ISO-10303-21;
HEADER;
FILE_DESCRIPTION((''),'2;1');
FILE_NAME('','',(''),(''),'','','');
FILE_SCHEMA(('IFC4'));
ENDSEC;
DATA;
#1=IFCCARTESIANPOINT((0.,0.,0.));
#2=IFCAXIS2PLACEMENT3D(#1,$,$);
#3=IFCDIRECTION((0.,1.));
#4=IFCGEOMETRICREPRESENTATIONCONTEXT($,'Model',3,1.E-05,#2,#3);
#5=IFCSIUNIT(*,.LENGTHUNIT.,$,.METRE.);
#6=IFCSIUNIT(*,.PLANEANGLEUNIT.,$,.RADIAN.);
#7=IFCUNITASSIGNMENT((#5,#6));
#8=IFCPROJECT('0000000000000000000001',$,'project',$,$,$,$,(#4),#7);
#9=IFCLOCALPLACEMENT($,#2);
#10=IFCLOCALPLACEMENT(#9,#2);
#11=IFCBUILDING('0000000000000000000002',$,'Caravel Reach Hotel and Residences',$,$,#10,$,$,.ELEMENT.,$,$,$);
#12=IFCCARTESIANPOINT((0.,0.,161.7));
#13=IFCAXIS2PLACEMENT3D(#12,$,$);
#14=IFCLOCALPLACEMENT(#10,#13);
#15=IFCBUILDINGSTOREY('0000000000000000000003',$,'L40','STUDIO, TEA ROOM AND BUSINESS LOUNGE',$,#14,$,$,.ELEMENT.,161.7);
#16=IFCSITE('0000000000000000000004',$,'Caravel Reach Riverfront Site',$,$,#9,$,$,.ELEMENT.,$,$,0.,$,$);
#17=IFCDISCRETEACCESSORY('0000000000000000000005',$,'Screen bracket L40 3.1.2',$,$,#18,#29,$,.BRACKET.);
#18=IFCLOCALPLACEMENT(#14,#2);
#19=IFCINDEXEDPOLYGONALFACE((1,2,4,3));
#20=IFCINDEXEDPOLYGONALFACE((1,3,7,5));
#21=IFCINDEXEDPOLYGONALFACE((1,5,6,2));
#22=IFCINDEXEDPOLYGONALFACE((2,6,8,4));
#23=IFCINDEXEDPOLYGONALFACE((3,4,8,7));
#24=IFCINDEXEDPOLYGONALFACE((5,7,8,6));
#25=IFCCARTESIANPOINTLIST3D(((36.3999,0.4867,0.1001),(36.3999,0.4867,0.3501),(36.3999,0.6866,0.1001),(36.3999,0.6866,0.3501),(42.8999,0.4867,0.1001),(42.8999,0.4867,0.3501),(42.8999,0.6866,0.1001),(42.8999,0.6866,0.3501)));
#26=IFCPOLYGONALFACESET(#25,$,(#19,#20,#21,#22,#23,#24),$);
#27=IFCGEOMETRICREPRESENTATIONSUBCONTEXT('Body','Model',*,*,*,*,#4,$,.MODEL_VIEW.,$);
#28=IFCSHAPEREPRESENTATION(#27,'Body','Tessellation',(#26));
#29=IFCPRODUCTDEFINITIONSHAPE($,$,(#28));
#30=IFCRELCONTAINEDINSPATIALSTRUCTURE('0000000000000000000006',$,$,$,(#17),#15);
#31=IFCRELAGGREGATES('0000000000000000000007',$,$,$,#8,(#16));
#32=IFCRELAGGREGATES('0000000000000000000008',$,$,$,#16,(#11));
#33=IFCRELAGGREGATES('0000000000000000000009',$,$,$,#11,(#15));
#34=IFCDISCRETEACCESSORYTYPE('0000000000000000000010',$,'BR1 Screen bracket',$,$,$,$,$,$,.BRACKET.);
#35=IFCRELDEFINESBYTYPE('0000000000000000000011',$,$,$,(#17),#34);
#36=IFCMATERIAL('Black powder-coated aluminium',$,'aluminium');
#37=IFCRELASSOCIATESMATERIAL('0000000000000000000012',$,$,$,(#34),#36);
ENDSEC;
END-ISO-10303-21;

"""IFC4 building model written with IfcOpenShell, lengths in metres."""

from ifc_helpers import new_model, si_unit, direction, frame, origin, origin_2d, place, context, subcontext, project, spatial, rectangle, extrude, material, type_object, element, save


model = new_model("IFC4")

# Units and contexts
model_context = context("Model", 3, precision=1e-05, world=origin(), true_north=direction((0.0, 1.0)))
body_context = subcontext(model_context, "Body", "Model", "MODEL_VIEW")
ifc_project = project(units=[si_unit("LENGTHUNIT", "METRE"), si_unit("PLANEANGLEUNIT", "RADIAN")], contexts=[model_context])

# Site, building, storey
site_placement = place(None, origin())
site = spatial("IfcSite", under=ifc_project, at=site_placement, Name="Caravel Reach Riverfront Site", CompositionType="ELEMENT", RefElevation=0.0)
building_placement = place(site_placement, origin())
building = spatial("IfcBuilding", under=site, at=building_placement, Name="Caravel Reach Hotel and Residences", CompositionType="ELEMENT")
storey_placement = place(building_placement, frame((0.0, 0.0, 161.7)))
storey = spatial("IfcBuildingStorey", under=building, at=storey_placement, Name="L40", Description="STUDIO, TEA ROOM AND BUSINESS LOUNGE", CompositionType="ELEMENT", Elevation=161.7)

# Discrete accessory
ifc_material_1 = material(Name="Black powder-coated aluminium", Category="aluminium")
discrete_accessory_type = type_object("IfcDiscreteAccessoryType", Name="BR1 Screen bracket", PredefinedType="BRACKET", material=ifc_material_1)
for number, where, z_axis, x_axis, name in (
    (1, (39.6499, 0.5867, 0.1001), (0.0, 0.0, 1.0), (1.0, 0.0, 0.0), "Screen bracket L40 3.1.2"),
):
    element("IfcDiscreteAccessory", number, at=place(storey_placement, frame(where, z_axis=z_axis, x_axis=x_axis)), inside=storey, type_object=discrete_accessory_type, Name=name, PredefinedType="BRACKET", context=body_context, shape_type="SweptSolid", body=[
        extrude(rectangle(XDim=6.5, YDim=0.2, at=origin_2d()), origin(), (0.0, 0.0, 1.0), 0.25),
    ])

save(model, "model.ifc")
